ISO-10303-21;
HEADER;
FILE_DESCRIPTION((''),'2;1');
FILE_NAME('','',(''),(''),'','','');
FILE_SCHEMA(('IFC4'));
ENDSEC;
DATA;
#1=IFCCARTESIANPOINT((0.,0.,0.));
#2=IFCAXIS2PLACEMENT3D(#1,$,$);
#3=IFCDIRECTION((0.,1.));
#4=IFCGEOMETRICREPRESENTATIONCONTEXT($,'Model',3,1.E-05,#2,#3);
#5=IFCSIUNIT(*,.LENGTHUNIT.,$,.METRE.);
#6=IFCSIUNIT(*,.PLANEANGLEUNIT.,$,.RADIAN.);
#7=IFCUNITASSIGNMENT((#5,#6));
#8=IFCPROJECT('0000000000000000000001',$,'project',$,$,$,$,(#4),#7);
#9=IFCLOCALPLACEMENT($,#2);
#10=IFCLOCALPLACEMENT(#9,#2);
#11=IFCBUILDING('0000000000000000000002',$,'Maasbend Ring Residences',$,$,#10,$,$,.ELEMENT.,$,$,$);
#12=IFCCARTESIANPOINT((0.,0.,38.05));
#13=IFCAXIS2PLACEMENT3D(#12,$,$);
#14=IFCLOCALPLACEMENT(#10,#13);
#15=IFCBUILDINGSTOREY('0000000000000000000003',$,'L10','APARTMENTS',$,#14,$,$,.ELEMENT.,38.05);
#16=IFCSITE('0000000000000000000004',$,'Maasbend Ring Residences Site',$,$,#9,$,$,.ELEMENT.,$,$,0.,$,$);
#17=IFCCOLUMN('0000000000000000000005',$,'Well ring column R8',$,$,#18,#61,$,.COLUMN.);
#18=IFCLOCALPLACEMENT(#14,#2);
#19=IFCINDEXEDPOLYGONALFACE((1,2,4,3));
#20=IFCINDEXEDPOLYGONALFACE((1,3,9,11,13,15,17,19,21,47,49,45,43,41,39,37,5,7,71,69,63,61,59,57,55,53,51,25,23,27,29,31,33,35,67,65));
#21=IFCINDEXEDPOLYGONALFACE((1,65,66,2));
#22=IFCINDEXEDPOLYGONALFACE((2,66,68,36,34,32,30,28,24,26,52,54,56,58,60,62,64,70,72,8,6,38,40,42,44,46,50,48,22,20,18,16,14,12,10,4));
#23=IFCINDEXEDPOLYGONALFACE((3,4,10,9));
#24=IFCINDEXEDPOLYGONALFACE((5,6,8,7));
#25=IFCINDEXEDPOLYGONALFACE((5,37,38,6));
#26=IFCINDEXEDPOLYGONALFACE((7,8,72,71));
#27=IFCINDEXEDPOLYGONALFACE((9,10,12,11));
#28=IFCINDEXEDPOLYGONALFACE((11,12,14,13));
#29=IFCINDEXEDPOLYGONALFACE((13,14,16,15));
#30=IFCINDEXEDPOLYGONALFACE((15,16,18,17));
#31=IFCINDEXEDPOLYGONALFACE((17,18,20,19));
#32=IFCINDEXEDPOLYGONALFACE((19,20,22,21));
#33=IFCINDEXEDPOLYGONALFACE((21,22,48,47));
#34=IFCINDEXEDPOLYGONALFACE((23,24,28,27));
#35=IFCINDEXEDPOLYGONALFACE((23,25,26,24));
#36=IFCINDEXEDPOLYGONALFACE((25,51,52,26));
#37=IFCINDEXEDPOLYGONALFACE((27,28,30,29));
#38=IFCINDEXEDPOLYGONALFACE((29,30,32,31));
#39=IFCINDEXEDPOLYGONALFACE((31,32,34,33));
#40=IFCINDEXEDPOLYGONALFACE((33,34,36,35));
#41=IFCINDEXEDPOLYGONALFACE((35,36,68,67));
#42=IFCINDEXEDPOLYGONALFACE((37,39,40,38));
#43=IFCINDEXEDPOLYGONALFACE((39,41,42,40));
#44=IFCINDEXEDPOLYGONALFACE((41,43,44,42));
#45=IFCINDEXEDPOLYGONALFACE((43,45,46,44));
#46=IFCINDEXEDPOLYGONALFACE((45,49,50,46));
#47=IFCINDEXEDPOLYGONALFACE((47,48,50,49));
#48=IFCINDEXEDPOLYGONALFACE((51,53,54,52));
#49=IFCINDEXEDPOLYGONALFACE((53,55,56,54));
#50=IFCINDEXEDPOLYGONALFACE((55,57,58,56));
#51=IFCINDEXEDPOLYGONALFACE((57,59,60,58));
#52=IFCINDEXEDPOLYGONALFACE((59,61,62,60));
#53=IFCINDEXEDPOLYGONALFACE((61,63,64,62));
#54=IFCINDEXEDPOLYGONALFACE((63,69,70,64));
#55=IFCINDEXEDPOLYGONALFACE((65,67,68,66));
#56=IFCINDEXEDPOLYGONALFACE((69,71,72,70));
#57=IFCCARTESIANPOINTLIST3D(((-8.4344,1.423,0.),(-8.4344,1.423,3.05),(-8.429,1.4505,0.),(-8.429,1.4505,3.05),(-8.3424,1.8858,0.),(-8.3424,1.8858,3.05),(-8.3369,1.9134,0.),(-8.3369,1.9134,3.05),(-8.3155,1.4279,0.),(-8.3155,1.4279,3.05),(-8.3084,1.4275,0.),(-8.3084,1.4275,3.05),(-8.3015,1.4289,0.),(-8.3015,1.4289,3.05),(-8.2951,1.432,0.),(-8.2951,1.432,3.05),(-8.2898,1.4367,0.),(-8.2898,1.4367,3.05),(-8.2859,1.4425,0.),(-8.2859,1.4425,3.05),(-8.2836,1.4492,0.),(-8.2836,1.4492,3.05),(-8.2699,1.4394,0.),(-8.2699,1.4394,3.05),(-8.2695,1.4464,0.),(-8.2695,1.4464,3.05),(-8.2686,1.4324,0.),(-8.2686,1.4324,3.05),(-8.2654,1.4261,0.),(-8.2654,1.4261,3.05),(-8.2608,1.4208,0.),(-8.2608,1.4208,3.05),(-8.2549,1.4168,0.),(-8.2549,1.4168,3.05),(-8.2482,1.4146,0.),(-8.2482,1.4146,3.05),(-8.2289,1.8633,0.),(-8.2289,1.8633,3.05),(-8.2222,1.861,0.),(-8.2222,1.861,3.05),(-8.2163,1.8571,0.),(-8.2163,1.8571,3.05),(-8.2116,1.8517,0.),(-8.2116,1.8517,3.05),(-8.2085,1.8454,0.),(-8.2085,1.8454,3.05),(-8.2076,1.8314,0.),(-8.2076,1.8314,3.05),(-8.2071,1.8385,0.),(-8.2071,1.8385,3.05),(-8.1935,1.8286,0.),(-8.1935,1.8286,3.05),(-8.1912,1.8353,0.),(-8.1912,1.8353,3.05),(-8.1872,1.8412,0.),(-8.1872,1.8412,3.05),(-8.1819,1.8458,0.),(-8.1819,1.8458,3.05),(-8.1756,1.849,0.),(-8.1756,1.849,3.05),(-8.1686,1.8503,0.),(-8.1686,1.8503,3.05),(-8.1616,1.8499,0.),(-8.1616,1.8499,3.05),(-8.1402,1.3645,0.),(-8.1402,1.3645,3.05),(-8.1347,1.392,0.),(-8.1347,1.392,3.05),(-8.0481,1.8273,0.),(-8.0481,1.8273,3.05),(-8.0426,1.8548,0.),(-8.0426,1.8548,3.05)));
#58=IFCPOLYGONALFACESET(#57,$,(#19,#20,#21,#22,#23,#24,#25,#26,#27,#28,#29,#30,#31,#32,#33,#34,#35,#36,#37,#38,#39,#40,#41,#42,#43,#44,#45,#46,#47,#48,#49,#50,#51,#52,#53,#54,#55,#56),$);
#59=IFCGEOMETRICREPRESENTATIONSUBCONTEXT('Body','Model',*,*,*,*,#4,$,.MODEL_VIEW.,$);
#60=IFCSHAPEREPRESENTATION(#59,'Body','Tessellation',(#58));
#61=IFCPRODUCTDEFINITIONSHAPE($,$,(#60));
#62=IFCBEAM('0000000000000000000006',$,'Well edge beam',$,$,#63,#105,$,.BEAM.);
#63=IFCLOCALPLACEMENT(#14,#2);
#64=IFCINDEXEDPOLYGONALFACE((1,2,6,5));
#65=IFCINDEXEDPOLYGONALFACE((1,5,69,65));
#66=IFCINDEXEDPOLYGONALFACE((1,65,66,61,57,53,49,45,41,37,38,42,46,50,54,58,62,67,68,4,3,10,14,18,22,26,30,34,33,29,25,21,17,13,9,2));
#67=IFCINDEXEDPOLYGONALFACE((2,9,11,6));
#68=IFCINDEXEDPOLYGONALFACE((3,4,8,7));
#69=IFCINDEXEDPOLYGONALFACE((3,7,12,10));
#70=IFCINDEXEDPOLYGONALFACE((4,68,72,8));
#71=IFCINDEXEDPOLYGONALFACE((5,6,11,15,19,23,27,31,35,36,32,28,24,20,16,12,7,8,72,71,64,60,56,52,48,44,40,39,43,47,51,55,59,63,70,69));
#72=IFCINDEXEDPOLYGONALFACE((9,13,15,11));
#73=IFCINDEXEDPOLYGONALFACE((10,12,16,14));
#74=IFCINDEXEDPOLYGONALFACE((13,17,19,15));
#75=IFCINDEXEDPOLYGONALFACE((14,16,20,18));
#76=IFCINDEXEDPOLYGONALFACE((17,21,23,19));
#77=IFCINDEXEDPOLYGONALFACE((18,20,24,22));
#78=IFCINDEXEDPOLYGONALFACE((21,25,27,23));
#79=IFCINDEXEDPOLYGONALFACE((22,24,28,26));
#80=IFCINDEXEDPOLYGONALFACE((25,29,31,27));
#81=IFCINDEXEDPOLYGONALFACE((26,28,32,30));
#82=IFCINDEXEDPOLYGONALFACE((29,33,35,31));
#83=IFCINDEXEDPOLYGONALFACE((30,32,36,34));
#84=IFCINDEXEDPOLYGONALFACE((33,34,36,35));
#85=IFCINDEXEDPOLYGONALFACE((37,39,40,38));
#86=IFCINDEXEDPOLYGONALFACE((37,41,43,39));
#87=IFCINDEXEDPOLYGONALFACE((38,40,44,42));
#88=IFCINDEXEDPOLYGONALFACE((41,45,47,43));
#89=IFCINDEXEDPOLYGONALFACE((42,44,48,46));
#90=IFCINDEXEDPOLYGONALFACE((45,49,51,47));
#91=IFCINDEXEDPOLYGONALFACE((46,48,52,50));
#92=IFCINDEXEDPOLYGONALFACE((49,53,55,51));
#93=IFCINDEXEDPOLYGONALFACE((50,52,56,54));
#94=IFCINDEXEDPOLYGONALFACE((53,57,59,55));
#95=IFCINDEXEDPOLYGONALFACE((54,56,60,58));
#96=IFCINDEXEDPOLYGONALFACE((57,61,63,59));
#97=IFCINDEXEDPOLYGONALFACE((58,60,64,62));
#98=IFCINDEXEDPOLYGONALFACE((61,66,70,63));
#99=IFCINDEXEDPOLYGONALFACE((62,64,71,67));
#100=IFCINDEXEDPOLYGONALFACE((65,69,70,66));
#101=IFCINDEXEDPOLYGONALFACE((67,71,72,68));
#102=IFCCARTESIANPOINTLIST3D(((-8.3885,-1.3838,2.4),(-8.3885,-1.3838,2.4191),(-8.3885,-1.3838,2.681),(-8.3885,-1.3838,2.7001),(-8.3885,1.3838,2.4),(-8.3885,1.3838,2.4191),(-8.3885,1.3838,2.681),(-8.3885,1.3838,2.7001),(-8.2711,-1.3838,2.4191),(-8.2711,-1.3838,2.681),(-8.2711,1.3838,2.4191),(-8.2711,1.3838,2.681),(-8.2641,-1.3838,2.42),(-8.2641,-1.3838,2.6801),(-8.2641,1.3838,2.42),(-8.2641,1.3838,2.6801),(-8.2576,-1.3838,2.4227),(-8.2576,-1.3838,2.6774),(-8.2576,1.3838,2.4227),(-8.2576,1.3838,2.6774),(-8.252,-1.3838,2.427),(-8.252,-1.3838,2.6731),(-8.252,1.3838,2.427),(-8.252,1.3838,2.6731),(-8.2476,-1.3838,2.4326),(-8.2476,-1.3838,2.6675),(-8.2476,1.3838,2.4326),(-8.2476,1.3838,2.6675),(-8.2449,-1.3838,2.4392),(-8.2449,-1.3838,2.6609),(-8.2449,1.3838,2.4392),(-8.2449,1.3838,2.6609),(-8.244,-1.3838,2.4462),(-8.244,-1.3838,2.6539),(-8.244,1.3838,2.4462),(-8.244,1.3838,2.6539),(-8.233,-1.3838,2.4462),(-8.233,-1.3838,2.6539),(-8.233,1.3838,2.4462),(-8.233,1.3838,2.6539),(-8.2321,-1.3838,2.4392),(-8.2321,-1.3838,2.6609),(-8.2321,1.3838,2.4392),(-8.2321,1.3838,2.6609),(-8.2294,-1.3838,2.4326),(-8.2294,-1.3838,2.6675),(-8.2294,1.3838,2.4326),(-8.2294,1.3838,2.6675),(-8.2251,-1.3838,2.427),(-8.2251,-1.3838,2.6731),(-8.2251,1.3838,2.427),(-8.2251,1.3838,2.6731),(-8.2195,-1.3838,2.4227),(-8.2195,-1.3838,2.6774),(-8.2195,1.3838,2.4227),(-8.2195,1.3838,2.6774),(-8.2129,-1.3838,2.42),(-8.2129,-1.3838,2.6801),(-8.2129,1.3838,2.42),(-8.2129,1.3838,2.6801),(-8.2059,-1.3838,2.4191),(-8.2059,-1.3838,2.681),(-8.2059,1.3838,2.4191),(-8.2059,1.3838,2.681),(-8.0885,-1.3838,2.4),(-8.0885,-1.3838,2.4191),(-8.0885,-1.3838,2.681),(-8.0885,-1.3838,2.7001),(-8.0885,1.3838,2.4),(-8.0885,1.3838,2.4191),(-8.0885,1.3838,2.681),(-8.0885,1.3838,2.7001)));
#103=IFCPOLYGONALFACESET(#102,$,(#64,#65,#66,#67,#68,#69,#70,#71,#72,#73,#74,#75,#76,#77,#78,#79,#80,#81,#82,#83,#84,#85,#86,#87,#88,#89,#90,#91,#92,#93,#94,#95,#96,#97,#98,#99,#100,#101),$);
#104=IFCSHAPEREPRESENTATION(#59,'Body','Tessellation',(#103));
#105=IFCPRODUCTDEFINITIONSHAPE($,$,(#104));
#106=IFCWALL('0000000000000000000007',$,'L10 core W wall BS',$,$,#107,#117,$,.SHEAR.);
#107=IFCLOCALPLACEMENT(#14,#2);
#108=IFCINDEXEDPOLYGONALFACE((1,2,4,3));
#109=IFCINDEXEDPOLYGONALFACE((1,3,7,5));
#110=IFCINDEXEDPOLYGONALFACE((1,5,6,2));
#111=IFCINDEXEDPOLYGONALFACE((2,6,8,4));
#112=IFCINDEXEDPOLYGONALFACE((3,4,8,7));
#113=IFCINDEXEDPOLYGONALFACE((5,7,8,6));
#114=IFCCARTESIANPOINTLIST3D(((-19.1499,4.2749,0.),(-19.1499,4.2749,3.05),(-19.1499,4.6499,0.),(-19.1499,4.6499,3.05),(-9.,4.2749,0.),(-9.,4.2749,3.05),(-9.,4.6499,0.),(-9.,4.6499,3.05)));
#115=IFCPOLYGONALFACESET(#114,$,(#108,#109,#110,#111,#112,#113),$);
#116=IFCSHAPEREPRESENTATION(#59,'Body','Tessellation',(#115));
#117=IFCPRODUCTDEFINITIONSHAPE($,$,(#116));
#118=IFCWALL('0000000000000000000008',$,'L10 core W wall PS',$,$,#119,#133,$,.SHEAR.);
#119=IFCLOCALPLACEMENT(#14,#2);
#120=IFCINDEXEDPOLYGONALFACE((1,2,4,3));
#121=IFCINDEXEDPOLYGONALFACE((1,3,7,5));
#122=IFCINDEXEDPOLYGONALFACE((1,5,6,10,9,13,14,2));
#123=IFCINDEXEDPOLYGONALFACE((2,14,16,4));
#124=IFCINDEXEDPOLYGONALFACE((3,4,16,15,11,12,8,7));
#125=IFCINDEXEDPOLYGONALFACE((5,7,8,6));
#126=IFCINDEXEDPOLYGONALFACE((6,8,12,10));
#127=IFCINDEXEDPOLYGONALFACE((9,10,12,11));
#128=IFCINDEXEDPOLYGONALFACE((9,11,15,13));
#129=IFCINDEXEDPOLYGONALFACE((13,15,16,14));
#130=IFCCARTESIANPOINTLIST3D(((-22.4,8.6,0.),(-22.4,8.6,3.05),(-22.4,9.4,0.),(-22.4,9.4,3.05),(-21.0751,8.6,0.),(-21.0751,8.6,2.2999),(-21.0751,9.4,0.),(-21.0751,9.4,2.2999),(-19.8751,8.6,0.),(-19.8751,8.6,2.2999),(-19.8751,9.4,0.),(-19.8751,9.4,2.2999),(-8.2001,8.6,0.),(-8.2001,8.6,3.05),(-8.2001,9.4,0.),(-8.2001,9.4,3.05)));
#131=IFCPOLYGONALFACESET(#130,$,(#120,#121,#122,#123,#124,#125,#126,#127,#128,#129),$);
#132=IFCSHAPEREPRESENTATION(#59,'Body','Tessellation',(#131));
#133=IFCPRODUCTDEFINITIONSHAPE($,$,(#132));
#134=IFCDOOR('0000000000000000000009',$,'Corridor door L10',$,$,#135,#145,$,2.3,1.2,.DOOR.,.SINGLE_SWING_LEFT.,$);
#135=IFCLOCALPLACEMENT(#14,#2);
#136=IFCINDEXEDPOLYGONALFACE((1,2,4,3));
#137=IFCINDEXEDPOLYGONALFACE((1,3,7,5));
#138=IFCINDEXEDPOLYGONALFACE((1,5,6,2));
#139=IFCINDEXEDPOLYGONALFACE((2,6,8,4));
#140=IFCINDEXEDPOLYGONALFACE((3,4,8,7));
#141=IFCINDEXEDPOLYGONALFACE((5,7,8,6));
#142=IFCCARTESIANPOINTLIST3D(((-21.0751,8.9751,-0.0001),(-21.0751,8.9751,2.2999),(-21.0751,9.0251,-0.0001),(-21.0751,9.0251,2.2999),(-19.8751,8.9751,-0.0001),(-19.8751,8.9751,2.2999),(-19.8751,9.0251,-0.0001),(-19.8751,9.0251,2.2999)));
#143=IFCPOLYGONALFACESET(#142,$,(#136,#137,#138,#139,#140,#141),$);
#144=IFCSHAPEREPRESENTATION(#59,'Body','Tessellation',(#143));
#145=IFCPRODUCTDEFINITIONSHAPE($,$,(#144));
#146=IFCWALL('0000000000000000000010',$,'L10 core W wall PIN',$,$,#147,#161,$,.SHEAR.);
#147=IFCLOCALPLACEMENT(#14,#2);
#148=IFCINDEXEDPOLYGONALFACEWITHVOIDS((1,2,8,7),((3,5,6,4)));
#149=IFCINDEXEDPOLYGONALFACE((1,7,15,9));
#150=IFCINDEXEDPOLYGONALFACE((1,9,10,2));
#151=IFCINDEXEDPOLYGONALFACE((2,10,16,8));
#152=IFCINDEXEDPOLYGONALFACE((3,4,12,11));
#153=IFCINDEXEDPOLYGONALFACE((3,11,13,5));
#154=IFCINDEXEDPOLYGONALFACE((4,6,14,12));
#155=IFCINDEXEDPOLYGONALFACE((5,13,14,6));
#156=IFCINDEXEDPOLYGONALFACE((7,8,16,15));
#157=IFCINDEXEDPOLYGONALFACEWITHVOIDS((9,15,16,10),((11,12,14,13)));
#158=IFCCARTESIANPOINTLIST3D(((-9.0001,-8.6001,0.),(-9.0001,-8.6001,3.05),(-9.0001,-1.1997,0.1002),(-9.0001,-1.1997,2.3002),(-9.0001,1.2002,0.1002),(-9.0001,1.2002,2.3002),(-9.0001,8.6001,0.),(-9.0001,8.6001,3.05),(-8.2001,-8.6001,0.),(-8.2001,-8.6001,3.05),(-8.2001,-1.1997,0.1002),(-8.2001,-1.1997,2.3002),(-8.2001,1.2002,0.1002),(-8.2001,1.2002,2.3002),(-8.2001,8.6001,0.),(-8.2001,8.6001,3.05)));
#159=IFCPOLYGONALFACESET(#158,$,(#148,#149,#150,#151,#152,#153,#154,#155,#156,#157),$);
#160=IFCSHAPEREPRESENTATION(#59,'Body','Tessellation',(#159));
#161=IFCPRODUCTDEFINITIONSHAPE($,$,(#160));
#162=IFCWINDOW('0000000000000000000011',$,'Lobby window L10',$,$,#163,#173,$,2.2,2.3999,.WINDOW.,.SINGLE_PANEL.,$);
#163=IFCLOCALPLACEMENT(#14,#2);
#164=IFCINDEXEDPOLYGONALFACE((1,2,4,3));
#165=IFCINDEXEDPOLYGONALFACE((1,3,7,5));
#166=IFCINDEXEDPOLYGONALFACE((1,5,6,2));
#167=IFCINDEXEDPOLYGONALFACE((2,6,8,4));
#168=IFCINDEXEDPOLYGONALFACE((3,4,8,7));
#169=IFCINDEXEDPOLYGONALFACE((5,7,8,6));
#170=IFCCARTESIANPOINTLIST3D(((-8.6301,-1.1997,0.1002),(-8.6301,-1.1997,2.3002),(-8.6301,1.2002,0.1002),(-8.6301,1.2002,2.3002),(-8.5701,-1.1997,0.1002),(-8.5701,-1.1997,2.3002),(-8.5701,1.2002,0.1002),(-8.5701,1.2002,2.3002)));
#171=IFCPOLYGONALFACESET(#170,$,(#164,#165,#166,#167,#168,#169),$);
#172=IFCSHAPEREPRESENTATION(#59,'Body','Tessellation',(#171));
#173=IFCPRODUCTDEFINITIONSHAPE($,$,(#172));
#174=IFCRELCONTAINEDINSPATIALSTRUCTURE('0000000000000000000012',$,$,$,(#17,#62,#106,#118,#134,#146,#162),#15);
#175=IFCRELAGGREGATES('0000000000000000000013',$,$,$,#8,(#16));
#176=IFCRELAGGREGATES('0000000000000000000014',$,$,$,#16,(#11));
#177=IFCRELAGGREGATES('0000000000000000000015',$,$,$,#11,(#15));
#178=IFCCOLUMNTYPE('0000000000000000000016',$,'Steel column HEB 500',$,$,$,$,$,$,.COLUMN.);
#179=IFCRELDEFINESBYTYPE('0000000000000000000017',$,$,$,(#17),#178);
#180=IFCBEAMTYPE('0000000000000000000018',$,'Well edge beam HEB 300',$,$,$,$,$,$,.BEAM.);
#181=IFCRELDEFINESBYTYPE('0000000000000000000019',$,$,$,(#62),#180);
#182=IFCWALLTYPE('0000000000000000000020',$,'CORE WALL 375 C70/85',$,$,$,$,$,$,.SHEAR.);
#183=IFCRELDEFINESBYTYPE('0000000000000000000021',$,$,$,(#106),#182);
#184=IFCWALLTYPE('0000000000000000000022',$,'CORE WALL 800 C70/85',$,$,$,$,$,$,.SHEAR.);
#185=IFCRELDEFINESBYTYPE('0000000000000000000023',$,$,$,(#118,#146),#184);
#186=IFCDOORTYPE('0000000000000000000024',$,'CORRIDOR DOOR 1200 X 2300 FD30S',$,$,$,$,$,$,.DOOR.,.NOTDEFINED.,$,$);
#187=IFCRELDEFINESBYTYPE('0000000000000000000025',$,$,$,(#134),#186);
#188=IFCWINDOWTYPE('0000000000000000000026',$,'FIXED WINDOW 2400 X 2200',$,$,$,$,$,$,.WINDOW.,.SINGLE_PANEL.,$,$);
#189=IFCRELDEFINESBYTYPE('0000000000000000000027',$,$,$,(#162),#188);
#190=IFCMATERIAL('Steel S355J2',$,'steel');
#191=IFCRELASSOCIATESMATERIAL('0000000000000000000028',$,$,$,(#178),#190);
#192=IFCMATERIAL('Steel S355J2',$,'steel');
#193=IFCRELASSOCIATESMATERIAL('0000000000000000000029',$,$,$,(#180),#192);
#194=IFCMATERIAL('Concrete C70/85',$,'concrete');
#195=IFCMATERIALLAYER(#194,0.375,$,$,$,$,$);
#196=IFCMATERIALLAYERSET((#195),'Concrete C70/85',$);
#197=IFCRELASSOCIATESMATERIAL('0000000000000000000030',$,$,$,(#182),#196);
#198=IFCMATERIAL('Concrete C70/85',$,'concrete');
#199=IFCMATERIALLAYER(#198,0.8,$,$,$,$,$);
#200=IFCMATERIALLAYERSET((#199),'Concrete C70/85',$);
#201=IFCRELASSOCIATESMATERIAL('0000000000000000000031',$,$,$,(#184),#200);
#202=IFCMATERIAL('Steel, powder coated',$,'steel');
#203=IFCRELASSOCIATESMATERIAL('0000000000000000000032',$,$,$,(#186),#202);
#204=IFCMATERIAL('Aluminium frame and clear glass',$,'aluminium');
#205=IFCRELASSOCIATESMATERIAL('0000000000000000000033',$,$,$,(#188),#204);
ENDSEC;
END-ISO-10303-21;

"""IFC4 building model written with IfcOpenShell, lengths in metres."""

from ifc_helpers import new_model, si_unit, direction, frame, frame_2d, origin, origin_2d, place, context, subcontext, project, spatial, rectangle, i_section, extrude, material, layer, layer_set, material_profile, profile_set, type_object, element, fill, save


model = new_model("IFC4")

# Units and contexts
model_context = context("Model", 3, precision=1e-05, world=origin(), true_north=direction((0.0, 1.0)))
body_context = subcontext(model_context, "Body", "Model", "MODEL_VIEW")
ifc_project = project(units=[si_unit("LENGTHUNIT", "METRE"), si_unit("PLANEANGLEUNIT", "RADIAN")], contexts=[model_context])

# Site, building, storey
site_placement = place(None, origin())
site = spatial("IfcSite", under=ifc_project, at=site_placement, Name="Maasbend Ring Residences Site", CompositionType="ELEMENT", RefElevation=0.0)
building_placement = place(site_placement, origin())
building = spatial("IfcBuilding", under=site, at=building_placement, Name="Maasbend Ring Residences", CompositionType="ELEMENT")
storey_placement = place(building_placement, frame((0.0, 0.0, 38.05)))
storey = spatial("IfcBuildingStorey", under=building, at=storey_placement, Name="L10", Description="APARTMENTS", CompositionType="ELEMENT", Elevation=38.05)

# Column
ifc_material_1 = material(Name="Steel S355J2", Category="steel")
ifc_material_profile_1 = material_profile(ifc_material_1, i_section(OverallWidth=0.3, OverallDepth=0.5, WebThickness=0.0144, FlangeThickness=0.0281, FilletRadius=0.0271, at=origin_2d()), Name="HEB 500")
ifc_profile_set_1 = profile_set([ifc_material_profile_1], Name="Steel S355J2")
column_type = type_object("IfcColumnType", Name="Steel column HEB 500", PredefinedType="COLUMN", material=ifc_profile_set_1)
column_placement = place(storey_placement, frame((-8.2385, 1.6389, 0.0), z_axis=(0.0, 0.0, 1.0), x_axis=(-0.980785, 0.19509, 0.0)))
element("IfcColumn", 1, at=column_placement, inside=storey, type_object=column_type, Name="Well ring column R8", PredefinedType="COLUMN", context=body_context, shape_type="SweptSolid", body=[
    extrude(i_section(OverallWidth=0.3, OverallDepth=0.5, WebThickness=0.0144, FlangeThickness=0.0281, FilletRadius=0.0271, at=origin_2d()), origin(), (0.0, 0.0, 1.0), 3.05),
])

# Beam
ifc_material_2 = material(Name="Steel S355J2", Category="steel")
ifc_material_profile_2 = material_profile(ifc_material_2, i_section(OverallWidth=0.3, OverallDepth=0.3, WebThickness=0.011, FlangeThickness=0.019, FilletRadius=0.0271, at=origin_2d()), Name="HEB 300")
ifc_profile_set_2 = profile_set([ifc_material_profile_2], Name="Steel S355J2")
beam_type = type_object("IfcBeamType", Name="Well edge beam HEB 300", PredefinedType="BEAM", material=ifc_profile_set_2)
beam_placement = place(storey_placement, frame((-8.2385, 1.3838, 2.55), z_axis=(0.0, -1.0, 0.0), x_axis=(1.0, 0.0, 0.0)))
element("IfcBeam", 2, at=beam_placement, inside=storey, type_object=beam_type, Name="Well edge beam", PredefinedType="BEAM", context=body_context, shape_type="SweptSolid", body=[
    extrude(i_section(OverallWidth=0.3, OverallDepth=0.3, WebThickness=0.011, FlangeThickness=0.019, FilletRadius=0.0271, at=origin_2d()), origin(), (0.0, 0.0, 1.0), 2.7676),
])

# Wall
ifc_material_3 = material(Name="Concrete C70/85", Category="concrete")
ifc_layer_1 = layer(ifc_material_3, 0.375)
ifc_layer_set_1 = layer_set([ifc_layer_1], Name="Concrete C70/85")
wall_type_1 = type_object("IfcWallType", Name="CORE WALL 375 C70/85", PredefinedType="SHEAR", material=ifc_layer_set_1)
wall_1_placement = place(storey_placement, frame((-9.0, 4.4624, 0.0), z_axis=(0.0, 0.0, 1.0), x_axis=(-1.0, 0.0, 0.0)))
element("IfcWall", 3, at=wall_1_placement, inside=storey, type_object=wall_type_1, Name="L10 core W wall BS", PredefinedType="SHEAR", context=body_context, shape_type="SweptSolid", body=[
    extrude(rectangle(XDim=10.1499, YDim=0.375, at=frame_2d((5.075, 0.0))), origin(), (0.0, 0.0, 1.0), 3.05),
])

# Wall, opening, door
ifc_material_4 = material(Name="Concrete C70/85", Category="concrete")
ifc_layer_2 = layer(ifc_material_4, 0.8)
ifc_layer_set_2 = layer_set([ifc_layer_2], Name="Concrete C70/85")
wall_type_2 = type_object("IfcWallType", Name="CORE WALL 800 C70/85", PredefinedType="SHEAR", material=ifc_layer_set_2)
wall_2_placement = place(storey_placement, frame((-8.2, 9.0, 0.0), z_axis=(0.0, 0.0, 1.0), x_axis=(-1.0, 0.0, 0.0)))
wall_2 = element("IfcWall", 4, at=wall_2_placement, inside=storey, type_object=wall_type_2, Name="L10 core W wall PS", PredefinedType="SHEAR", context=body_context, shape_type="SweptSolid", body=[
    extrude(rectangle(XDim=14.2, YDim=0.8, at=frame_2d((7.1001, 0.0))), origin(), (0.0, 0.0, 1.0), 3.05),
])
opening_1_placement = place(wall_2_placement, frame((11.675, 0.0, 0.0)))
opening_1 = element("IfcOpeningElement", 5, at=opening_1_placement, cuts=wall_2, PredefinedType="OPENING", context=body_context, shape_type="SweptSolid", body=[
    extrude(rectangle(XDim=1.2, YDim=2.3, at=frame_2d((0.6001, 1.1499))), frame((0.0, 0.4102, 0.0), z_axis=(0.0, -1.0, 0.0), x_axis=(1.0, 0.0, 0.0)), (0.0, 0.0, 1.0), 0.8201),
])
ifc_material_5 = material(Name="Steel, powder coated", Category="steel")
door_type_1 = type_object("IfcDoorType", Name="CORRIDOR DOOR 1200 X 2300 FD30S", OperationType="NOTDEFINED", PredefinedType="DOOR", material=ifc_material_5)
door_1_placement = place(opening_1_placement, origin())
door_1 = element("IfcDoor", 6, at=door_1_placement, inside=storey, type_object=door_type_1, Name="Corridor door L10", OperationType="SINGLE_SWING_LEFT", OverallHeight=2.3, OverallWidth=1.2, PredefinedType="DOOR", context=body_context, shape_type="SweptSolid", body=[
    extrude(rectangle(XDim=1.2, YDim=2.3, at=frame_2d((0.6001, 1.1499))), frame((0.0, 0.0249, 0.0), z_axis=(0.0, -1.0, 0.0), x_axis=(1.0, 0.0, 0.0)), (0.0, 0.0, 1.0), 0.05),
])
fill(opening_1, door_1)

# Wall, opening, window
wall_3_placement = place(storey_placement, frame((-8.6001, 8.6001, 0.0), z_axis=(0.0, 0.0, 1.0), x_axis=(0.0, -1.0, 0.0)))
wall_3 = element("IfcWall", 7, at=wall_3_placement, inside=storey, type_object=wall_type_2, Name="L10 core W wall PIN", PredefinedType="SHEAR", context=body_context, shape_type="SweptSolid", body=[
    extrude(rectangle(XDim=17.2002, YDim=0.8, at=frame_2d((8.6001, 0.0))), origin(), (0.0, 0.0, 1.0), 3.05),
])
opening_2_placement = place(wall_3_placement, frame((7.3999, 0.0, 0.1001)))
opening_2 = element("IfcOpeningElement", 8, at=opening_2_placement, cuts=wall_3, PredefinedType="OPENING", context=body_context, shape_type="SweptSolid", body=[
    extrude(rectangle(XDim=2.3999, YDim=2.2, at=frame_2d((1.2, 1.1001))), frame((0.0, 0.4102, 0.0), z_axis=(0.0, -1.0, 0.0), x_axis=(1.0, 0.0, 0.0)), (0.0, 0.0, 1.0), 0.8201),
])
ifc_material_6 = material(Name="Aluminium frame and clear glass", Category="aluminium")
window_type = type_object("IfcWindowType", Name="FIXED WINDOW 2400 X 2200", PartitioningType="SINGLE_PANEL", PredefinedType="WINDOW", material=ifc_material_6)
window_placement = place(opening_2_placement, origin())
window = element("IfcWindow", 9, at=window_placement, inside=storey, type_object=window_type, Name="Lobby window L10", OverallHeight=2.2, OverallWidth=2.3999, PartitioningType="SINGLE_PANEL", PredefinedType="WINDOW", context=body_context, shape_type="SweptSolid", body=[
    extrude(rectangle(XDim=2.3999, YDim=2.2, at=frame_2d((1.2, 1.1001))), frame((0.0, 0.03, 0.0), z_axis=(0.0, -1.0, 0.0), x_axis=(1.0, 0.0, 0.0)), (0.0, 0.0, 1.0), 0.0601),
])
fill(opening_2, window)

save(model, "model.ifc")
